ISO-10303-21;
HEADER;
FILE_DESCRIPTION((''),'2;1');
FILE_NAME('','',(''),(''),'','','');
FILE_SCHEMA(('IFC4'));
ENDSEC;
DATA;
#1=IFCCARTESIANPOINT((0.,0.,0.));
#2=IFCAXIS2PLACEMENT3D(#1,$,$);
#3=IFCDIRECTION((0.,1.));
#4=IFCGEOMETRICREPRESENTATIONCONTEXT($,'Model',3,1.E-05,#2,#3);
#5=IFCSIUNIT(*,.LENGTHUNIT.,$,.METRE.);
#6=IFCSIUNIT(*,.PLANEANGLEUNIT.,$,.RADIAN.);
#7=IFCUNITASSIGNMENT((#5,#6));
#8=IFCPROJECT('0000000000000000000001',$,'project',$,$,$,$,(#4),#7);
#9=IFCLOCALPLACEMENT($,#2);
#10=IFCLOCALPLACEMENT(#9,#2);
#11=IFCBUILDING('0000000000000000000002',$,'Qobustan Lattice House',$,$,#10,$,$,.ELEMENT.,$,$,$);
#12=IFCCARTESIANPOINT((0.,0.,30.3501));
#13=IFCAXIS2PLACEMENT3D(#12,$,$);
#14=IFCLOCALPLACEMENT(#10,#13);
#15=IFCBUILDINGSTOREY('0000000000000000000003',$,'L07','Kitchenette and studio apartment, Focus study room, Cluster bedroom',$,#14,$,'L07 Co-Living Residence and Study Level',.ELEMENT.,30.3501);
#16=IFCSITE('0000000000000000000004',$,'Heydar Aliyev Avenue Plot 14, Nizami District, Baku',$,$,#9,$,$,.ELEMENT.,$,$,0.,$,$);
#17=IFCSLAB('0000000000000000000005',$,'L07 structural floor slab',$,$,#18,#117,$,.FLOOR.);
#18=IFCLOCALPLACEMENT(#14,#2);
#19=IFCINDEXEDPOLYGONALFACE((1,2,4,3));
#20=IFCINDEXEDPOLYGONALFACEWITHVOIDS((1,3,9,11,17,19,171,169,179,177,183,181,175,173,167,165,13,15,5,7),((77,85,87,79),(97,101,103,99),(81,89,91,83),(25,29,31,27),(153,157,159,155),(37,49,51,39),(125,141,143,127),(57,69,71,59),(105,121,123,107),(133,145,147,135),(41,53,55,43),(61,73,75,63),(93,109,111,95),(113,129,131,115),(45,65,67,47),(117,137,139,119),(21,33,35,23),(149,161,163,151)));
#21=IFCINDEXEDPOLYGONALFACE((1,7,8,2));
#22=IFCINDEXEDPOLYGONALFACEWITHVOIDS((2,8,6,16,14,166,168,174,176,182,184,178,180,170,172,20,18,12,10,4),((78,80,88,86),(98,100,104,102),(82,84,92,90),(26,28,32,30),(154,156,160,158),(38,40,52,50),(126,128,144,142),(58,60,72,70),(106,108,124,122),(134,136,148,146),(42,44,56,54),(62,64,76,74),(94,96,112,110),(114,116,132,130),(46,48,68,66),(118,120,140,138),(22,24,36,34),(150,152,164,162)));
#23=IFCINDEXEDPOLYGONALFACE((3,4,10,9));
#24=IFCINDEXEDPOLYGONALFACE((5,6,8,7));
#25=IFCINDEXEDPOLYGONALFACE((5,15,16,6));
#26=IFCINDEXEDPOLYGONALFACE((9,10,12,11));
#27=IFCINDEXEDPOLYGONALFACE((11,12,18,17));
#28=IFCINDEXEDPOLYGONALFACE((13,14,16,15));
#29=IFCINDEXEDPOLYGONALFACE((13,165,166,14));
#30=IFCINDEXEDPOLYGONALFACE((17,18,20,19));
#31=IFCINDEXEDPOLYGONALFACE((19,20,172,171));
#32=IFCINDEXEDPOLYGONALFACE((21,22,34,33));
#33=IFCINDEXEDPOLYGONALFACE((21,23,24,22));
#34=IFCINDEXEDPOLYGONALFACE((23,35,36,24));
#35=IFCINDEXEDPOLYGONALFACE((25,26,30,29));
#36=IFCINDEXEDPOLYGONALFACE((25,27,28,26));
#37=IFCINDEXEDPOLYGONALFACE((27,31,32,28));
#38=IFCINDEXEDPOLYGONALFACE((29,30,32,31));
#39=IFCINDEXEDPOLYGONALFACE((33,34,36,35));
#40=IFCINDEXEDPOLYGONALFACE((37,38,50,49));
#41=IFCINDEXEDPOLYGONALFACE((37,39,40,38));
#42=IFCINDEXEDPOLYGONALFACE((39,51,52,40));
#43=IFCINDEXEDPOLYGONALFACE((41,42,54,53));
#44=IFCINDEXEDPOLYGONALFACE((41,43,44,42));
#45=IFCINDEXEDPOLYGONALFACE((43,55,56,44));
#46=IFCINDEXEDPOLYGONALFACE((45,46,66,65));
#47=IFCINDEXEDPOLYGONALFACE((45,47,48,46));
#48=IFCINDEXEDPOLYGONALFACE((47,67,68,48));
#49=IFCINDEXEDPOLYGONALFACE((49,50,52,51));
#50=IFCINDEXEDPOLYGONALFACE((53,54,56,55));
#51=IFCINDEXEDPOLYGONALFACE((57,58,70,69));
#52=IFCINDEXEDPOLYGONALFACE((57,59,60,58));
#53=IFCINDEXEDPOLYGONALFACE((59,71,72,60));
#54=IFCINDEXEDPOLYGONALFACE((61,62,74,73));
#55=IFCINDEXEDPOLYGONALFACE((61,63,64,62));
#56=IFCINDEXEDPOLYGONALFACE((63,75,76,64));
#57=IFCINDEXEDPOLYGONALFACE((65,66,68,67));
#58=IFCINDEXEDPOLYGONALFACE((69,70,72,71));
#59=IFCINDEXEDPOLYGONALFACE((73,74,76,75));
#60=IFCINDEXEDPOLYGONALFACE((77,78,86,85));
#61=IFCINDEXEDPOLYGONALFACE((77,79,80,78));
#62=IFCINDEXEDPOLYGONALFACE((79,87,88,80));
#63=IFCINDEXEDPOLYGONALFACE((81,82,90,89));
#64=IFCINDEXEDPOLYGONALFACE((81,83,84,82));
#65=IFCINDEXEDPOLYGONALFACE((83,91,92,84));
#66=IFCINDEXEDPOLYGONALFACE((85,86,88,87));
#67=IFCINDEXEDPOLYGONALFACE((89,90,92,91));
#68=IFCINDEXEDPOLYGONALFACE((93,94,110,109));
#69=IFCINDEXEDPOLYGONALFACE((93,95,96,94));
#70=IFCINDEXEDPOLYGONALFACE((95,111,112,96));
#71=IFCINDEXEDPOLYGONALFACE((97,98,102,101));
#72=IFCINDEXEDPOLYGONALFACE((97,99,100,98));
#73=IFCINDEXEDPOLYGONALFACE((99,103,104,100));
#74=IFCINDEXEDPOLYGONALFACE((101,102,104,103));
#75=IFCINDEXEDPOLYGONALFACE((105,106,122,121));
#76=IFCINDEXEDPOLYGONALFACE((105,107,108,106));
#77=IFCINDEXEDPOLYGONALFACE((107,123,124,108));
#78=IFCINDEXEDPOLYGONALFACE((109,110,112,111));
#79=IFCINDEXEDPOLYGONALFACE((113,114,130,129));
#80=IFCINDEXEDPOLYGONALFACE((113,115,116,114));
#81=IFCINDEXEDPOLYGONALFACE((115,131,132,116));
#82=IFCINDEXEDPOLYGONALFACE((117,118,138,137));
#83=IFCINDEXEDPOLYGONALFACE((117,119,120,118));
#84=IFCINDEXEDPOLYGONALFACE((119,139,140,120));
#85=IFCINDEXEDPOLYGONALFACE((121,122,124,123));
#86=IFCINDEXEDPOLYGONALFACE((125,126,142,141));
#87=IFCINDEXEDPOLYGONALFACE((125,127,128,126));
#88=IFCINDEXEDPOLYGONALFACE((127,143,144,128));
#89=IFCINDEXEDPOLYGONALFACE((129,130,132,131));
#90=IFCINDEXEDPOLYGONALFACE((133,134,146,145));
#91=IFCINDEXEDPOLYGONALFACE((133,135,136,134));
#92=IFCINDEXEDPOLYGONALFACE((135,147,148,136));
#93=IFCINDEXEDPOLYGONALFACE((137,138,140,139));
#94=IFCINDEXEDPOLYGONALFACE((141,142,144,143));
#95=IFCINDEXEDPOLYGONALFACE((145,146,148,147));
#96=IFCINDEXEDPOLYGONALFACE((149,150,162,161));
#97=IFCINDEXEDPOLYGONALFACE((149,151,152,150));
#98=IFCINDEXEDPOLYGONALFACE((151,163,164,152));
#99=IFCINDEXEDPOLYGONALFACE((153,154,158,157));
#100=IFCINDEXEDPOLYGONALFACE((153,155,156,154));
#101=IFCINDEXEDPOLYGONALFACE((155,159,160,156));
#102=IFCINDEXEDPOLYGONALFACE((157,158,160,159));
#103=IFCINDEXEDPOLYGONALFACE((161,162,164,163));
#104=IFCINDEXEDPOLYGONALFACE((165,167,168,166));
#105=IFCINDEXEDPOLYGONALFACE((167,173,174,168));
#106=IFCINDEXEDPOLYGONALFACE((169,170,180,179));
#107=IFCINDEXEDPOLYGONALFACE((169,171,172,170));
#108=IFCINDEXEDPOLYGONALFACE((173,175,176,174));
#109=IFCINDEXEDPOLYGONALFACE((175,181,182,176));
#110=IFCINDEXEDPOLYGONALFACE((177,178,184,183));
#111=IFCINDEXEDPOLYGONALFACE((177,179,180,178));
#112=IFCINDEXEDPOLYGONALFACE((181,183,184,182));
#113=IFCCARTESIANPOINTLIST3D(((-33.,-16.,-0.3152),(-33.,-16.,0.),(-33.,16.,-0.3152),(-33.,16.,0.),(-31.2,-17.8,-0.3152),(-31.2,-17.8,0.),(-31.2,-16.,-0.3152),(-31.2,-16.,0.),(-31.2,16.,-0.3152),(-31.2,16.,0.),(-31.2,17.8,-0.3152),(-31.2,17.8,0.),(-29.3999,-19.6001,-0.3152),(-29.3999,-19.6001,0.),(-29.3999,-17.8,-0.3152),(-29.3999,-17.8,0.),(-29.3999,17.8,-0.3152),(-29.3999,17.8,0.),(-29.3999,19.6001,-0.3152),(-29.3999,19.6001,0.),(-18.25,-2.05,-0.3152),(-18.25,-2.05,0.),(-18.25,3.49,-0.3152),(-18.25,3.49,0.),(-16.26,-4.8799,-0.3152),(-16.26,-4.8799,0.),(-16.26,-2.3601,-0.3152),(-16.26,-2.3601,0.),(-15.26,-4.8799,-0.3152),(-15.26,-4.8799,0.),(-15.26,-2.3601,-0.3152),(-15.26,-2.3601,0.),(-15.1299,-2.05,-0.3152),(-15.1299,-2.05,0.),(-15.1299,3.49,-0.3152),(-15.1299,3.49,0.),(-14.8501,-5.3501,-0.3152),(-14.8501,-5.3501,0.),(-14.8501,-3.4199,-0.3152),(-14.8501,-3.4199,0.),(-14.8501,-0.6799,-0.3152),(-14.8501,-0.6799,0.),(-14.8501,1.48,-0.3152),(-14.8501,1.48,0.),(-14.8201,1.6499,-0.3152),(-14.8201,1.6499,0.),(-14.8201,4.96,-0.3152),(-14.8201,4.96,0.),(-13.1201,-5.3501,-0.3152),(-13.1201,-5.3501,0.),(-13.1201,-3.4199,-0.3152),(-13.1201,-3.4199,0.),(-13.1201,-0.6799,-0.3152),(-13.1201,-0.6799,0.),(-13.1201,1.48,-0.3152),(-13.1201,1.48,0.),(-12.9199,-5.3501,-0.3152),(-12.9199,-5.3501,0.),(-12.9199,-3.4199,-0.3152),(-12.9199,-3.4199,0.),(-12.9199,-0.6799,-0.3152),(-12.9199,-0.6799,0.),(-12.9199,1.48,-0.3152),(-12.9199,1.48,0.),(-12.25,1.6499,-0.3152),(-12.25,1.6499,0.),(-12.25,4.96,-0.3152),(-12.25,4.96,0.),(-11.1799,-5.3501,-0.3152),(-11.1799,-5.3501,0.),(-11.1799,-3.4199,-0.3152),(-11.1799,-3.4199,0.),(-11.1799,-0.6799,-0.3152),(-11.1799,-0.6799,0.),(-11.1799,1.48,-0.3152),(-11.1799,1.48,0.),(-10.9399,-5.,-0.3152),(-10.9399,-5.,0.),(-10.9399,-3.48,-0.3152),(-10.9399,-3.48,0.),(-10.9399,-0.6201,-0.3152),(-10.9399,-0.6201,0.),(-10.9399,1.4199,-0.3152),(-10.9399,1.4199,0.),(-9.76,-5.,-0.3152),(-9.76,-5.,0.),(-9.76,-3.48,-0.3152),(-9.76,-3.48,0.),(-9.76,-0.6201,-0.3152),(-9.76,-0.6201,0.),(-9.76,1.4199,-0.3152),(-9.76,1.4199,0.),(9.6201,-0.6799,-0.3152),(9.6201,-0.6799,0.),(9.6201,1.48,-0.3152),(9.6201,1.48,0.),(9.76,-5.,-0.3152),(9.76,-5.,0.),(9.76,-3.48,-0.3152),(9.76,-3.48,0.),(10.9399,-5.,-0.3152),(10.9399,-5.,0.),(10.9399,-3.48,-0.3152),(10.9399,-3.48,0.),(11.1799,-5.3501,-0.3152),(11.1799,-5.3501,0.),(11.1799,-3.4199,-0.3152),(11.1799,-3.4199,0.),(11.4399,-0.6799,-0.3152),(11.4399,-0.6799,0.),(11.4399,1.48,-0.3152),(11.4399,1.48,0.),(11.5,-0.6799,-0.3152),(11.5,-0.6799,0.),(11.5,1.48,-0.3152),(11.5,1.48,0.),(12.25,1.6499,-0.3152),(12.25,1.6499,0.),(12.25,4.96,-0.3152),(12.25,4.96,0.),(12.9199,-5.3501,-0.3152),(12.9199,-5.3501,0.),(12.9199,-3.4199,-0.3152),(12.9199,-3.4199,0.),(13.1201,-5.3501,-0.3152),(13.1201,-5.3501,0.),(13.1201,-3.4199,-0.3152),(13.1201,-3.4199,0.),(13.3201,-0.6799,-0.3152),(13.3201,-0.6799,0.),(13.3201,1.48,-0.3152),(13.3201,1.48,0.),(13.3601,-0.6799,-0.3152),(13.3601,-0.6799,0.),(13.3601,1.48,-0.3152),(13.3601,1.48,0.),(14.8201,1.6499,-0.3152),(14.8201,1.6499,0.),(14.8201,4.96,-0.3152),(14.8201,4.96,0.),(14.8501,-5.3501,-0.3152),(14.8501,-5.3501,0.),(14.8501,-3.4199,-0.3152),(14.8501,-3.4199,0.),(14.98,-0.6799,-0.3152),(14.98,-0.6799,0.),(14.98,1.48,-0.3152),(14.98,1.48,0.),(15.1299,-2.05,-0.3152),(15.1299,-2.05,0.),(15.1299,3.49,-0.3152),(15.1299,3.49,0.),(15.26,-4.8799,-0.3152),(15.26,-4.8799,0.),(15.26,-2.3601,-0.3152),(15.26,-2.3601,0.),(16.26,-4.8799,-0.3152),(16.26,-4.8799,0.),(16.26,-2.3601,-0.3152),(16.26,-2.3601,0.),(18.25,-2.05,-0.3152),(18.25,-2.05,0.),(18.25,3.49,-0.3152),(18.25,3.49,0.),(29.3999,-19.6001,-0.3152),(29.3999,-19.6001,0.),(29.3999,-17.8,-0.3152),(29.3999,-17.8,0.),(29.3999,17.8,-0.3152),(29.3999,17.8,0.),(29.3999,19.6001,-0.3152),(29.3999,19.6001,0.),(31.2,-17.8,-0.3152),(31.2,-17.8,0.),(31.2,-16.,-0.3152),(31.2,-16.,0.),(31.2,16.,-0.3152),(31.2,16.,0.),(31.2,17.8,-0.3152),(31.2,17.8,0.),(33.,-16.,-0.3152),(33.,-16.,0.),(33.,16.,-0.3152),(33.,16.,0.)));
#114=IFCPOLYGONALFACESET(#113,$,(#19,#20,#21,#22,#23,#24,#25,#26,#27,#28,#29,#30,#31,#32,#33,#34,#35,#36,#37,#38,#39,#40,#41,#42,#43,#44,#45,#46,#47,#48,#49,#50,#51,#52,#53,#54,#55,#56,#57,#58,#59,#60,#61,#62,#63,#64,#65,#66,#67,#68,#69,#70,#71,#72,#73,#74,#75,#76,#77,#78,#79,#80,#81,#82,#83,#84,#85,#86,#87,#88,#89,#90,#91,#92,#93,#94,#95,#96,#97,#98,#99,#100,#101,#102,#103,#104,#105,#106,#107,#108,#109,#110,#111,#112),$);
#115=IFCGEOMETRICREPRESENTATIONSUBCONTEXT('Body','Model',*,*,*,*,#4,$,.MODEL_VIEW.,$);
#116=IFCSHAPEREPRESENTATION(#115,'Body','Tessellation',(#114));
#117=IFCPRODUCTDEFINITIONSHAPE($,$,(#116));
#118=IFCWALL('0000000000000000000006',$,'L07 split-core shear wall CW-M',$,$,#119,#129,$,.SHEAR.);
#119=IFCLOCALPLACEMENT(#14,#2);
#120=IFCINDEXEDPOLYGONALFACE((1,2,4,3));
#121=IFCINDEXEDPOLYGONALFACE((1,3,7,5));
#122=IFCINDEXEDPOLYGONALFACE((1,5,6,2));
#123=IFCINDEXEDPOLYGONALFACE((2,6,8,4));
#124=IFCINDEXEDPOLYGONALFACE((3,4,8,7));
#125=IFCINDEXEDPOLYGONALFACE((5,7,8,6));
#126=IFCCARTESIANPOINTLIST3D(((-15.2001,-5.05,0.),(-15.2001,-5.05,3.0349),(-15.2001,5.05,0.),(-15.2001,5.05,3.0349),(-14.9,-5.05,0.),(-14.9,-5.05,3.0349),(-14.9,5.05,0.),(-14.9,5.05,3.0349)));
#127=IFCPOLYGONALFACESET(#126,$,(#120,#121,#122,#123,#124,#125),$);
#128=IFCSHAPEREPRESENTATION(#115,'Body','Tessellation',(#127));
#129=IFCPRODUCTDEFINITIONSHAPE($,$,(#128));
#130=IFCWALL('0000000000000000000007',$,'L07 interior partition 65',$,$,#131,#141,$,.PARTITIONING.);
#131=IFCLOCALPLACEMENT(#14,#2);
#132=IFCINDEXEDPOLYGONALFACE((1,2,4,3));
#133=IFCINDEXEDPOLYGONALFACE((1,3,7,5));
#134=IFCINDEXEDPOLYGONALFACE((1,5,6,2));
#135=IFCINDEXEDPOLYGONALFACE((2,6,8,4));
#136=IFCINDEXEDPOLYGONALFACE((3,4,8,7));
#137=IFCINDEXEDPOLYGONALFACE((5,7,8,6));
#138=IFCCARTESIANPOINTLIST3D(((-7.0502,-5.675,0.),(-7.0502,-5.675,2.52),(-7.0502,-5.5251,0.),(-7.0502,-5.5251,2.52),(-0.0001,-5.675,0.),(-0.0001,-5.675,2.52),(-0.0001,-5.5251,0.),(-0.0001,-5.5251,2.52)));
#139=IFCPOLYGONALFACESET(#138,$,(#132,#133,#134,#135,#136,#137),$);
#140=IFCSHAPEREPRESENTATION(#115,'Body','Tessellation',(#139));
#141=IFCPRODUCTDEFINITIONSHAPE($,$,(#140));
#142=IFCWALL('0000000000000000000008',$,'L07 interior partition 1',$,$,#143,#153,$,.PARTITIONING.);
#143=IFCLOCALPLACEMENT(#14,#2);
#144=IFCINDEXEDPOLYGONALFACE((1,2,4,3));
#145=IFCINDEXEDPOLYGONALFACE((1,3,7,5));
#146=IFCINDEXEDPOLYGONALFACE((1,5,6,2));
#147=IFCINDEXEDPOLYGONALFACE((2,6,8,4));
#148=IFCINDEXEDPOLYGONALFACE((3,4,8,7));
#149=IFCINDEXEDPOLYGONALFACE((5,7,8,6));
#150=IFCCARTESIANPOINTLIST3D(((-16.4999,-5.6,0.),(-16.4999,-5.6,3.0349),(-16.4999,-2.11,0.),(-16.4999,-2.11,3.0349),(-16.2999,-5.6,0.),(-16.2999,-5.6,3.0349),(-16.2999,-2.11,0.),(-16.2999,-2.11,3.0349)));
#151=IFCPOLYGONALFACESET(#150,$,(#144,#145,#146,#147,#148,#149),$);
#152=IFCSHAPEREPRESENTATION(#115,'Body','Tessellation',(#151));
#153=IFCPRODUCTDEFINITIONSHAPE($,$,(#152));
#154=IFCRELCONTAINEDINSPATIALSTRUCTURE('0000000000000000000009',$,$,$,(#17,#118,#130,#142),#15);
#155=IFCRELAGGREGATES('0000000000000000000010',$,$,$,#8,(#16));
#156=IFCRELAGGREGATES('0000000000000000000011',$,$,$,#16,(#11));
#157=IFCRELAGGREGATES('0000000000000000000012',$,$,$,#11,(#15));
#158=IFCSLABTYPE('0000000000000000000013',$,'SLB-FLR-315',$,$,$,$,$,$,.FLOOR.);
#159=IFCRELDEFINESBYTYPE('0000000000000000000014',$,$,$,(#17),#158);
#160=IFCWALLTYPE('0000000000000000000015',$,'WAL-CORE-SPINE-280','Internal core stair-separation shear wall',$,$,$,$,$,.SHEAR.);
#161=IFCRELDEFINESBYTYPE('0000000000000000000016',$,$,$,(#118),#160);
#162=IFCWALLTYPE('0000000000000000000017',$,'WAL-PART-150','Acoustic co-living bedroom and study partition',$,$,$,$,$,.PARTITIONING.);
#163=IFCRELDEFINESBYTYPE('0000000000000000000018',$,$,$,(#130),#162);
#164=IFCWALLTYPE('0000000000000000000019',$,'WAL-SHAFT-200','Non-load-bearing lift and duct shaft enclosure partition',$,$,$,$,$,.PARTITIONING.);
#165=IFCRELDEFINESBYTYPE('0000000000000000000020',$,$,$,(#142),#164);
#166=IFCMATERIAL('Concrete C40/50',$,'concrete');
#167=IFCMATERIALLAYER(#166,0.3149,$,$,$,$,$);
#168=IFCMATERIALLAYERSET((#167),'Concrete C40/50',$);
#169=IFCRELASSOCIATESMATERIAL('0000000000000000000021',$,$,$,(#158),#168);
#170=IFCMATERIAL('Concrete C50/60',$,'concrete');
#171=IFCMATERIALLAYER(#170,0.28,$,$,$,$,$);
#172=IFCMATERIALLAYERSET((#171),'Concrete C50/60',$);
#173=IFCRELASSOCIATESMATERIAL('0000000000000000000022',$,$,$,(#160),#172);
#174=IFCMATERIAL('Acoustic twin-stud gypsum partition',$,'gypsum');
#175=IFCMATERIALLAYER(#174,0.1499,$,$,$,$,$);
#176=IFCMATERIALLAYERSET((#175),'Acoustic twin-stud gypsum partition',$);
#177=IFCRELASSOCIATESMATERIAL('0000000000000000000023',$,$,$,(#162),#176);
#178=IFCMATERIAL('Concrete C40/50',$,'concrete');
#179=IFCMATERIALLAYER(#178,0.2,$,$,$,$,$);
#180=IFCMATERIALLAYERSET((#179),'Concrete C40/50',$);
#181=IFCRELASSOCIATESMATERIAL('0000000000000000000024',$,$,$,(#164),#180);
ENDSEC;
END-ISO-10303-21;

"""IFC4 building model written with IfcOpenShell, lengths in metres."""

from ifc_helpers import new_model, si_unit, direction, frame, frame_2d, origin, place, context, subcontext, project, spatial, polyline, rectangle, outline, extrude, material, layer, layer_set, type_object, element, save


model = new_model("IFC4")

# Units and contexts
model_context = context("Model", 3, precision=1e-05, world=origin(), true_north=direction((0.0, 1.0)))
body_context = subcontext(model_context, "Body", "Model", "MODEL_VIEW")
ifc_project = project(units=[si_unit("LENGTHUNIT", "METRE"), si_unit("PLANEANGLEUNIT", "RADIAN")], contexts=[model_context])

# Site, building, storey
site_placement = place(None, origin())
site = spatial("IfcSite", under=ifc_project, at=site_placement, Name="Heydar Aliyev Avenue Plot 14, Nizami District, Baku", CompositionType="ELEMENT", RefElevation=0.0)
building_placement = place(site_placement, origin())
building = spatial("IfcBuilding", under=site, at=building_placement, Name="Qobustan Lattice House", CompositionType="ELEMENT")
storey_placement = place(building_placement, frame((0.0, 0.0, 30.3501)))
storey = spatial("IfcBuildingStorey", under=building, at=storey_placement, Name="L07", Description="Kitchenette and studio apartment, Focus study room, Cluster bedroom", LongName="L07 Co-Living Residence and Study Level", CompositionType="ELEMENT", Elevation=30.3501)

# Slab
ifc_material_1 = material(Name="Concrete C40/50", Category="concrete")
ifc_layer_1 = layer(ifc_material_1, 0.3149)
ifc_layer_set_1 = layer_set([ifc_layer_1], Name="Concrete C40/50")
slab_type = type_object("IfcSlabType", Name="SLB-FLR-315", PredefinedType="FLOOR", material=ifc_layer_set_1)
slab_placement = place(storey_placement, frame((0.0, 0.0, -0.3152)))
element("IfcSlab", 1, at=slab_placement, inside=storey, type_object=slab_type, Name="L07 structural floor slab", PredefinedType="FLOOR", context=body_context, shape_type="SweptSolid", body=[
    extrude(outline(polyline([(-29.3999, -19.6001), (29.3999, -19.6001), (29.3999, -17.8), (31.2, -17.8), (31.2, -16.0), (33.0, -16.0), (33.0, 16.0), (31.2, 16.0), (31.2, 17.8), (29.3999, 17.8), (29.3999, 19.6001), (-29.3999, 19.6001), (-29.3999, 17.8), (-31.2, 17.8), (-31.2, 16.0), (-33.0, 16.0), (-33.0, -16.0), (-31.2, -16.0), (-31.2, -17.8), (-29.3999, -17.8), (-29.3999, -19.6001)]), holes=[polyline([(-18.25, -2.05), (-18.25, 3.49), (-15.1299, 3.49), (-15.1299, -2.05), (-18.25, -2.05)]), polyline([(15.1299, -2.05), (15.1299, 3.49), (18.25, 3.49), (18.25, -2.05), (15.1299, -2.05)]), polyline([(-14.8201, 1.6499), (-14.8201, 4.96), (-12.25, 4.96), (-12.25, 1.6499), (-14.8201, 1.6499)]), polyline([(12.25, 1.6499), (12.25, 4.96), (14.8201, 4.96), (14.8201, 1.6499), (12.25, 1.6499)]), polyline([(-16.26, -4.8799), (-16.26, -2.3601), (-15.26, -2.3601), (-15.26, -4.8799), (-16.26, -4.8799)]), polyline([(15.26, -4.8799), (15.26, -2.3601), (16.26, -2.3601), (16.26, -4.8799), (15.26, -4.8799)]), polyline([(-14.8501, -5.3501), (-14.8501, -3.4199), (-13.1201, -3.4199), (-13.1201, -5.3501), (-14.8501, -5.3501)]), polyline([(-12.9199, -5.3501), (-12.9199, -3.4199), (-11.1799, -3.4199), (-11.1799, -5.3501), (-12.9199, -5.3501)]), polyline([(-14.8501, -0.6799), (-14.8501, 1.48), (-13.1201, 1.48), (-13.1201, -0.6799), (-14.8501, -0.6799)]), polyline([(-12.9199, -0.6799), (-12.9199, 1.48), (-11.1799, 1.48), (-11.1799, -0.6799), (-12.9199, -0.6799)]), polyline([(-10.9399, -5.0), (-10.9399, -3.48), (-9.76, -3.48), (-9.76, -5.0), (-10.9399, -5.0)]), polyline([(-10.9399, -0.6201), (-10.9399, 1.4199), (-9.76, 1.4199), (-9.76, -0.6201), (-10.9399, -0.6201)]), polyline([(11.1799, -5.3501), (11.1799, -3.4199), (12.9199, -3.4199), (12.9199, -5.3501), (11.1799, -5.3501)]), polyline([(13.1201, -5.3501), (13.1201, -3.4199), (14.8501, -3.4199), (14.8501, -5.3501), (13.1201, -5.3501)]), polyline([(9.76, -5.0), (9.76, -3.48), (10.9399, -3.48), (10.9399, -5.0), (9.76, -5.0)]), polyline([(13.3601, -0.6799), (13.3601, 1.48), (14.98, 1.48), (14.98, -0.6799), (13.3601, -0.6799)]), polyline([(9.6201, -0.6799), (9.6201, 1.48), (11.4399, 1.48), (11.4399, -0.6799), (9.6201, -0.6799)]), polyline([(11.5, -0.6799), (11.5, 1.48), (13.3201, 1.48), (13.3201, -0.6799), (11.5, -0.6799)])]), origin(), (0.0, 0.0, 1.0), 0.3152),
])

# Walls
ifc_material_2 = material(Name="Concrete C50/60", Category="concrete")
ifc_layer_2 = layer(ifc_material_2, 0.28)
ifc_layer_set_2 = layer_set([ifc_layer_2], Name="Concrete C50/60")
wall_type_1 = type_object("IfcWallType", Name="WAL-CORE-SPINE-280", Description="Internal core stair-separation shear wall", PredefinedType="SHEAR", material=ifc_layer_set_2)
wall_1_placement = place(storey_placement, frame((-15.05, -5.05, 0.0), z_axis=(0.0, 0.0, 1.0), x_axis=(0.0, 1.0, 0.0)))
element("IfcWall", 2, at=wall_1_placement, inside=storey, type_object=wall_type_1, Name="L07 split-core shear wall CW-M", PredefinedType="SHEAR", context=body_context, shape_type="SweptSolid", body=[
    extrude(rectangle(XDim=10.1001, YDim=0.3, at=frame_2d((5.05, 0.0))), origin(), (0.0, 0.0, 1.0), 3.0349),
])
ifc_material_3 = material(Name="Acoustic twin-stud gypsum partition", Category="gypsum")
ifc_layer_3 = layer(ifc_material_3, 0.1499)
ifc_layer_set_3 = layer_set([ifc_layer_3], Name="Acoustic twin-stud gypsum partition")
wall_type_2 = type_object("IfcWallType", Name="WAL-PART-150", Description="Acoustic co-living bedroom and study partition", PredefinedType="PARTITIONING", material=ifc_layer_set_3)
wall_2_placement = place(storey_placement, frame((-7.05, -5.6001, 0.0), z_axis=(0.0, 0.0, 1.0), x_axis=(1.0, 0.0, 0.0)))
element("IfcWall", 3, at=wall_2_placement, inside=storey, type_object=wall_type_2, Name="L07 interior partition 65", PredefinedType="PARTITIONING", context=body_context, shape_type="SweptSolid", body=[
    extrude(rectangle(XDim=7.05, YDim=0.1499, at=frame_2d((3.5249, 0.0))), origin(), (0.0, 0.0, 1.0), 2.52),
])
ifc_material_4 = material(Name="Concrete C40/50", Category="concrete")
ifc_layer_4 = layer(ifc_material_4, 0.2)
ifc_layer_set_4 = layer_set([ifc_layer_4], Name="Concrete C40/50")
wall_type_3 = type_object("IfcWallType", Name="WAL-SHAFT-200", Description="Non-load-bearing lift and duct shaft enclosure partition", PredefinedType="PARTITIONING", material=ifc_layer_set_4)
wall_3_placement = place(storey_placement, frame((-16.3999, -5.6001, 0.0), z_axis=(0.0, 0.0, 1.0), x_axis=(0.0, 1.0, 0.0)))
element("IfcWall", 4, at=wall_3_placement, inside=storey, type_object=wall_type_3, Name="L07 interior partition 1", PredefinedType="PARTITIONING", context=body_context, shape_type="SweptSolid", body=[
    extrude(rectangle(XDim=3.49, YDim=0.2, at=frame_2d((1.7451, 0.0))), origin(), (0.0, 0.0, 1.0), 3.0349),
])

save(model, "model.ifc")
